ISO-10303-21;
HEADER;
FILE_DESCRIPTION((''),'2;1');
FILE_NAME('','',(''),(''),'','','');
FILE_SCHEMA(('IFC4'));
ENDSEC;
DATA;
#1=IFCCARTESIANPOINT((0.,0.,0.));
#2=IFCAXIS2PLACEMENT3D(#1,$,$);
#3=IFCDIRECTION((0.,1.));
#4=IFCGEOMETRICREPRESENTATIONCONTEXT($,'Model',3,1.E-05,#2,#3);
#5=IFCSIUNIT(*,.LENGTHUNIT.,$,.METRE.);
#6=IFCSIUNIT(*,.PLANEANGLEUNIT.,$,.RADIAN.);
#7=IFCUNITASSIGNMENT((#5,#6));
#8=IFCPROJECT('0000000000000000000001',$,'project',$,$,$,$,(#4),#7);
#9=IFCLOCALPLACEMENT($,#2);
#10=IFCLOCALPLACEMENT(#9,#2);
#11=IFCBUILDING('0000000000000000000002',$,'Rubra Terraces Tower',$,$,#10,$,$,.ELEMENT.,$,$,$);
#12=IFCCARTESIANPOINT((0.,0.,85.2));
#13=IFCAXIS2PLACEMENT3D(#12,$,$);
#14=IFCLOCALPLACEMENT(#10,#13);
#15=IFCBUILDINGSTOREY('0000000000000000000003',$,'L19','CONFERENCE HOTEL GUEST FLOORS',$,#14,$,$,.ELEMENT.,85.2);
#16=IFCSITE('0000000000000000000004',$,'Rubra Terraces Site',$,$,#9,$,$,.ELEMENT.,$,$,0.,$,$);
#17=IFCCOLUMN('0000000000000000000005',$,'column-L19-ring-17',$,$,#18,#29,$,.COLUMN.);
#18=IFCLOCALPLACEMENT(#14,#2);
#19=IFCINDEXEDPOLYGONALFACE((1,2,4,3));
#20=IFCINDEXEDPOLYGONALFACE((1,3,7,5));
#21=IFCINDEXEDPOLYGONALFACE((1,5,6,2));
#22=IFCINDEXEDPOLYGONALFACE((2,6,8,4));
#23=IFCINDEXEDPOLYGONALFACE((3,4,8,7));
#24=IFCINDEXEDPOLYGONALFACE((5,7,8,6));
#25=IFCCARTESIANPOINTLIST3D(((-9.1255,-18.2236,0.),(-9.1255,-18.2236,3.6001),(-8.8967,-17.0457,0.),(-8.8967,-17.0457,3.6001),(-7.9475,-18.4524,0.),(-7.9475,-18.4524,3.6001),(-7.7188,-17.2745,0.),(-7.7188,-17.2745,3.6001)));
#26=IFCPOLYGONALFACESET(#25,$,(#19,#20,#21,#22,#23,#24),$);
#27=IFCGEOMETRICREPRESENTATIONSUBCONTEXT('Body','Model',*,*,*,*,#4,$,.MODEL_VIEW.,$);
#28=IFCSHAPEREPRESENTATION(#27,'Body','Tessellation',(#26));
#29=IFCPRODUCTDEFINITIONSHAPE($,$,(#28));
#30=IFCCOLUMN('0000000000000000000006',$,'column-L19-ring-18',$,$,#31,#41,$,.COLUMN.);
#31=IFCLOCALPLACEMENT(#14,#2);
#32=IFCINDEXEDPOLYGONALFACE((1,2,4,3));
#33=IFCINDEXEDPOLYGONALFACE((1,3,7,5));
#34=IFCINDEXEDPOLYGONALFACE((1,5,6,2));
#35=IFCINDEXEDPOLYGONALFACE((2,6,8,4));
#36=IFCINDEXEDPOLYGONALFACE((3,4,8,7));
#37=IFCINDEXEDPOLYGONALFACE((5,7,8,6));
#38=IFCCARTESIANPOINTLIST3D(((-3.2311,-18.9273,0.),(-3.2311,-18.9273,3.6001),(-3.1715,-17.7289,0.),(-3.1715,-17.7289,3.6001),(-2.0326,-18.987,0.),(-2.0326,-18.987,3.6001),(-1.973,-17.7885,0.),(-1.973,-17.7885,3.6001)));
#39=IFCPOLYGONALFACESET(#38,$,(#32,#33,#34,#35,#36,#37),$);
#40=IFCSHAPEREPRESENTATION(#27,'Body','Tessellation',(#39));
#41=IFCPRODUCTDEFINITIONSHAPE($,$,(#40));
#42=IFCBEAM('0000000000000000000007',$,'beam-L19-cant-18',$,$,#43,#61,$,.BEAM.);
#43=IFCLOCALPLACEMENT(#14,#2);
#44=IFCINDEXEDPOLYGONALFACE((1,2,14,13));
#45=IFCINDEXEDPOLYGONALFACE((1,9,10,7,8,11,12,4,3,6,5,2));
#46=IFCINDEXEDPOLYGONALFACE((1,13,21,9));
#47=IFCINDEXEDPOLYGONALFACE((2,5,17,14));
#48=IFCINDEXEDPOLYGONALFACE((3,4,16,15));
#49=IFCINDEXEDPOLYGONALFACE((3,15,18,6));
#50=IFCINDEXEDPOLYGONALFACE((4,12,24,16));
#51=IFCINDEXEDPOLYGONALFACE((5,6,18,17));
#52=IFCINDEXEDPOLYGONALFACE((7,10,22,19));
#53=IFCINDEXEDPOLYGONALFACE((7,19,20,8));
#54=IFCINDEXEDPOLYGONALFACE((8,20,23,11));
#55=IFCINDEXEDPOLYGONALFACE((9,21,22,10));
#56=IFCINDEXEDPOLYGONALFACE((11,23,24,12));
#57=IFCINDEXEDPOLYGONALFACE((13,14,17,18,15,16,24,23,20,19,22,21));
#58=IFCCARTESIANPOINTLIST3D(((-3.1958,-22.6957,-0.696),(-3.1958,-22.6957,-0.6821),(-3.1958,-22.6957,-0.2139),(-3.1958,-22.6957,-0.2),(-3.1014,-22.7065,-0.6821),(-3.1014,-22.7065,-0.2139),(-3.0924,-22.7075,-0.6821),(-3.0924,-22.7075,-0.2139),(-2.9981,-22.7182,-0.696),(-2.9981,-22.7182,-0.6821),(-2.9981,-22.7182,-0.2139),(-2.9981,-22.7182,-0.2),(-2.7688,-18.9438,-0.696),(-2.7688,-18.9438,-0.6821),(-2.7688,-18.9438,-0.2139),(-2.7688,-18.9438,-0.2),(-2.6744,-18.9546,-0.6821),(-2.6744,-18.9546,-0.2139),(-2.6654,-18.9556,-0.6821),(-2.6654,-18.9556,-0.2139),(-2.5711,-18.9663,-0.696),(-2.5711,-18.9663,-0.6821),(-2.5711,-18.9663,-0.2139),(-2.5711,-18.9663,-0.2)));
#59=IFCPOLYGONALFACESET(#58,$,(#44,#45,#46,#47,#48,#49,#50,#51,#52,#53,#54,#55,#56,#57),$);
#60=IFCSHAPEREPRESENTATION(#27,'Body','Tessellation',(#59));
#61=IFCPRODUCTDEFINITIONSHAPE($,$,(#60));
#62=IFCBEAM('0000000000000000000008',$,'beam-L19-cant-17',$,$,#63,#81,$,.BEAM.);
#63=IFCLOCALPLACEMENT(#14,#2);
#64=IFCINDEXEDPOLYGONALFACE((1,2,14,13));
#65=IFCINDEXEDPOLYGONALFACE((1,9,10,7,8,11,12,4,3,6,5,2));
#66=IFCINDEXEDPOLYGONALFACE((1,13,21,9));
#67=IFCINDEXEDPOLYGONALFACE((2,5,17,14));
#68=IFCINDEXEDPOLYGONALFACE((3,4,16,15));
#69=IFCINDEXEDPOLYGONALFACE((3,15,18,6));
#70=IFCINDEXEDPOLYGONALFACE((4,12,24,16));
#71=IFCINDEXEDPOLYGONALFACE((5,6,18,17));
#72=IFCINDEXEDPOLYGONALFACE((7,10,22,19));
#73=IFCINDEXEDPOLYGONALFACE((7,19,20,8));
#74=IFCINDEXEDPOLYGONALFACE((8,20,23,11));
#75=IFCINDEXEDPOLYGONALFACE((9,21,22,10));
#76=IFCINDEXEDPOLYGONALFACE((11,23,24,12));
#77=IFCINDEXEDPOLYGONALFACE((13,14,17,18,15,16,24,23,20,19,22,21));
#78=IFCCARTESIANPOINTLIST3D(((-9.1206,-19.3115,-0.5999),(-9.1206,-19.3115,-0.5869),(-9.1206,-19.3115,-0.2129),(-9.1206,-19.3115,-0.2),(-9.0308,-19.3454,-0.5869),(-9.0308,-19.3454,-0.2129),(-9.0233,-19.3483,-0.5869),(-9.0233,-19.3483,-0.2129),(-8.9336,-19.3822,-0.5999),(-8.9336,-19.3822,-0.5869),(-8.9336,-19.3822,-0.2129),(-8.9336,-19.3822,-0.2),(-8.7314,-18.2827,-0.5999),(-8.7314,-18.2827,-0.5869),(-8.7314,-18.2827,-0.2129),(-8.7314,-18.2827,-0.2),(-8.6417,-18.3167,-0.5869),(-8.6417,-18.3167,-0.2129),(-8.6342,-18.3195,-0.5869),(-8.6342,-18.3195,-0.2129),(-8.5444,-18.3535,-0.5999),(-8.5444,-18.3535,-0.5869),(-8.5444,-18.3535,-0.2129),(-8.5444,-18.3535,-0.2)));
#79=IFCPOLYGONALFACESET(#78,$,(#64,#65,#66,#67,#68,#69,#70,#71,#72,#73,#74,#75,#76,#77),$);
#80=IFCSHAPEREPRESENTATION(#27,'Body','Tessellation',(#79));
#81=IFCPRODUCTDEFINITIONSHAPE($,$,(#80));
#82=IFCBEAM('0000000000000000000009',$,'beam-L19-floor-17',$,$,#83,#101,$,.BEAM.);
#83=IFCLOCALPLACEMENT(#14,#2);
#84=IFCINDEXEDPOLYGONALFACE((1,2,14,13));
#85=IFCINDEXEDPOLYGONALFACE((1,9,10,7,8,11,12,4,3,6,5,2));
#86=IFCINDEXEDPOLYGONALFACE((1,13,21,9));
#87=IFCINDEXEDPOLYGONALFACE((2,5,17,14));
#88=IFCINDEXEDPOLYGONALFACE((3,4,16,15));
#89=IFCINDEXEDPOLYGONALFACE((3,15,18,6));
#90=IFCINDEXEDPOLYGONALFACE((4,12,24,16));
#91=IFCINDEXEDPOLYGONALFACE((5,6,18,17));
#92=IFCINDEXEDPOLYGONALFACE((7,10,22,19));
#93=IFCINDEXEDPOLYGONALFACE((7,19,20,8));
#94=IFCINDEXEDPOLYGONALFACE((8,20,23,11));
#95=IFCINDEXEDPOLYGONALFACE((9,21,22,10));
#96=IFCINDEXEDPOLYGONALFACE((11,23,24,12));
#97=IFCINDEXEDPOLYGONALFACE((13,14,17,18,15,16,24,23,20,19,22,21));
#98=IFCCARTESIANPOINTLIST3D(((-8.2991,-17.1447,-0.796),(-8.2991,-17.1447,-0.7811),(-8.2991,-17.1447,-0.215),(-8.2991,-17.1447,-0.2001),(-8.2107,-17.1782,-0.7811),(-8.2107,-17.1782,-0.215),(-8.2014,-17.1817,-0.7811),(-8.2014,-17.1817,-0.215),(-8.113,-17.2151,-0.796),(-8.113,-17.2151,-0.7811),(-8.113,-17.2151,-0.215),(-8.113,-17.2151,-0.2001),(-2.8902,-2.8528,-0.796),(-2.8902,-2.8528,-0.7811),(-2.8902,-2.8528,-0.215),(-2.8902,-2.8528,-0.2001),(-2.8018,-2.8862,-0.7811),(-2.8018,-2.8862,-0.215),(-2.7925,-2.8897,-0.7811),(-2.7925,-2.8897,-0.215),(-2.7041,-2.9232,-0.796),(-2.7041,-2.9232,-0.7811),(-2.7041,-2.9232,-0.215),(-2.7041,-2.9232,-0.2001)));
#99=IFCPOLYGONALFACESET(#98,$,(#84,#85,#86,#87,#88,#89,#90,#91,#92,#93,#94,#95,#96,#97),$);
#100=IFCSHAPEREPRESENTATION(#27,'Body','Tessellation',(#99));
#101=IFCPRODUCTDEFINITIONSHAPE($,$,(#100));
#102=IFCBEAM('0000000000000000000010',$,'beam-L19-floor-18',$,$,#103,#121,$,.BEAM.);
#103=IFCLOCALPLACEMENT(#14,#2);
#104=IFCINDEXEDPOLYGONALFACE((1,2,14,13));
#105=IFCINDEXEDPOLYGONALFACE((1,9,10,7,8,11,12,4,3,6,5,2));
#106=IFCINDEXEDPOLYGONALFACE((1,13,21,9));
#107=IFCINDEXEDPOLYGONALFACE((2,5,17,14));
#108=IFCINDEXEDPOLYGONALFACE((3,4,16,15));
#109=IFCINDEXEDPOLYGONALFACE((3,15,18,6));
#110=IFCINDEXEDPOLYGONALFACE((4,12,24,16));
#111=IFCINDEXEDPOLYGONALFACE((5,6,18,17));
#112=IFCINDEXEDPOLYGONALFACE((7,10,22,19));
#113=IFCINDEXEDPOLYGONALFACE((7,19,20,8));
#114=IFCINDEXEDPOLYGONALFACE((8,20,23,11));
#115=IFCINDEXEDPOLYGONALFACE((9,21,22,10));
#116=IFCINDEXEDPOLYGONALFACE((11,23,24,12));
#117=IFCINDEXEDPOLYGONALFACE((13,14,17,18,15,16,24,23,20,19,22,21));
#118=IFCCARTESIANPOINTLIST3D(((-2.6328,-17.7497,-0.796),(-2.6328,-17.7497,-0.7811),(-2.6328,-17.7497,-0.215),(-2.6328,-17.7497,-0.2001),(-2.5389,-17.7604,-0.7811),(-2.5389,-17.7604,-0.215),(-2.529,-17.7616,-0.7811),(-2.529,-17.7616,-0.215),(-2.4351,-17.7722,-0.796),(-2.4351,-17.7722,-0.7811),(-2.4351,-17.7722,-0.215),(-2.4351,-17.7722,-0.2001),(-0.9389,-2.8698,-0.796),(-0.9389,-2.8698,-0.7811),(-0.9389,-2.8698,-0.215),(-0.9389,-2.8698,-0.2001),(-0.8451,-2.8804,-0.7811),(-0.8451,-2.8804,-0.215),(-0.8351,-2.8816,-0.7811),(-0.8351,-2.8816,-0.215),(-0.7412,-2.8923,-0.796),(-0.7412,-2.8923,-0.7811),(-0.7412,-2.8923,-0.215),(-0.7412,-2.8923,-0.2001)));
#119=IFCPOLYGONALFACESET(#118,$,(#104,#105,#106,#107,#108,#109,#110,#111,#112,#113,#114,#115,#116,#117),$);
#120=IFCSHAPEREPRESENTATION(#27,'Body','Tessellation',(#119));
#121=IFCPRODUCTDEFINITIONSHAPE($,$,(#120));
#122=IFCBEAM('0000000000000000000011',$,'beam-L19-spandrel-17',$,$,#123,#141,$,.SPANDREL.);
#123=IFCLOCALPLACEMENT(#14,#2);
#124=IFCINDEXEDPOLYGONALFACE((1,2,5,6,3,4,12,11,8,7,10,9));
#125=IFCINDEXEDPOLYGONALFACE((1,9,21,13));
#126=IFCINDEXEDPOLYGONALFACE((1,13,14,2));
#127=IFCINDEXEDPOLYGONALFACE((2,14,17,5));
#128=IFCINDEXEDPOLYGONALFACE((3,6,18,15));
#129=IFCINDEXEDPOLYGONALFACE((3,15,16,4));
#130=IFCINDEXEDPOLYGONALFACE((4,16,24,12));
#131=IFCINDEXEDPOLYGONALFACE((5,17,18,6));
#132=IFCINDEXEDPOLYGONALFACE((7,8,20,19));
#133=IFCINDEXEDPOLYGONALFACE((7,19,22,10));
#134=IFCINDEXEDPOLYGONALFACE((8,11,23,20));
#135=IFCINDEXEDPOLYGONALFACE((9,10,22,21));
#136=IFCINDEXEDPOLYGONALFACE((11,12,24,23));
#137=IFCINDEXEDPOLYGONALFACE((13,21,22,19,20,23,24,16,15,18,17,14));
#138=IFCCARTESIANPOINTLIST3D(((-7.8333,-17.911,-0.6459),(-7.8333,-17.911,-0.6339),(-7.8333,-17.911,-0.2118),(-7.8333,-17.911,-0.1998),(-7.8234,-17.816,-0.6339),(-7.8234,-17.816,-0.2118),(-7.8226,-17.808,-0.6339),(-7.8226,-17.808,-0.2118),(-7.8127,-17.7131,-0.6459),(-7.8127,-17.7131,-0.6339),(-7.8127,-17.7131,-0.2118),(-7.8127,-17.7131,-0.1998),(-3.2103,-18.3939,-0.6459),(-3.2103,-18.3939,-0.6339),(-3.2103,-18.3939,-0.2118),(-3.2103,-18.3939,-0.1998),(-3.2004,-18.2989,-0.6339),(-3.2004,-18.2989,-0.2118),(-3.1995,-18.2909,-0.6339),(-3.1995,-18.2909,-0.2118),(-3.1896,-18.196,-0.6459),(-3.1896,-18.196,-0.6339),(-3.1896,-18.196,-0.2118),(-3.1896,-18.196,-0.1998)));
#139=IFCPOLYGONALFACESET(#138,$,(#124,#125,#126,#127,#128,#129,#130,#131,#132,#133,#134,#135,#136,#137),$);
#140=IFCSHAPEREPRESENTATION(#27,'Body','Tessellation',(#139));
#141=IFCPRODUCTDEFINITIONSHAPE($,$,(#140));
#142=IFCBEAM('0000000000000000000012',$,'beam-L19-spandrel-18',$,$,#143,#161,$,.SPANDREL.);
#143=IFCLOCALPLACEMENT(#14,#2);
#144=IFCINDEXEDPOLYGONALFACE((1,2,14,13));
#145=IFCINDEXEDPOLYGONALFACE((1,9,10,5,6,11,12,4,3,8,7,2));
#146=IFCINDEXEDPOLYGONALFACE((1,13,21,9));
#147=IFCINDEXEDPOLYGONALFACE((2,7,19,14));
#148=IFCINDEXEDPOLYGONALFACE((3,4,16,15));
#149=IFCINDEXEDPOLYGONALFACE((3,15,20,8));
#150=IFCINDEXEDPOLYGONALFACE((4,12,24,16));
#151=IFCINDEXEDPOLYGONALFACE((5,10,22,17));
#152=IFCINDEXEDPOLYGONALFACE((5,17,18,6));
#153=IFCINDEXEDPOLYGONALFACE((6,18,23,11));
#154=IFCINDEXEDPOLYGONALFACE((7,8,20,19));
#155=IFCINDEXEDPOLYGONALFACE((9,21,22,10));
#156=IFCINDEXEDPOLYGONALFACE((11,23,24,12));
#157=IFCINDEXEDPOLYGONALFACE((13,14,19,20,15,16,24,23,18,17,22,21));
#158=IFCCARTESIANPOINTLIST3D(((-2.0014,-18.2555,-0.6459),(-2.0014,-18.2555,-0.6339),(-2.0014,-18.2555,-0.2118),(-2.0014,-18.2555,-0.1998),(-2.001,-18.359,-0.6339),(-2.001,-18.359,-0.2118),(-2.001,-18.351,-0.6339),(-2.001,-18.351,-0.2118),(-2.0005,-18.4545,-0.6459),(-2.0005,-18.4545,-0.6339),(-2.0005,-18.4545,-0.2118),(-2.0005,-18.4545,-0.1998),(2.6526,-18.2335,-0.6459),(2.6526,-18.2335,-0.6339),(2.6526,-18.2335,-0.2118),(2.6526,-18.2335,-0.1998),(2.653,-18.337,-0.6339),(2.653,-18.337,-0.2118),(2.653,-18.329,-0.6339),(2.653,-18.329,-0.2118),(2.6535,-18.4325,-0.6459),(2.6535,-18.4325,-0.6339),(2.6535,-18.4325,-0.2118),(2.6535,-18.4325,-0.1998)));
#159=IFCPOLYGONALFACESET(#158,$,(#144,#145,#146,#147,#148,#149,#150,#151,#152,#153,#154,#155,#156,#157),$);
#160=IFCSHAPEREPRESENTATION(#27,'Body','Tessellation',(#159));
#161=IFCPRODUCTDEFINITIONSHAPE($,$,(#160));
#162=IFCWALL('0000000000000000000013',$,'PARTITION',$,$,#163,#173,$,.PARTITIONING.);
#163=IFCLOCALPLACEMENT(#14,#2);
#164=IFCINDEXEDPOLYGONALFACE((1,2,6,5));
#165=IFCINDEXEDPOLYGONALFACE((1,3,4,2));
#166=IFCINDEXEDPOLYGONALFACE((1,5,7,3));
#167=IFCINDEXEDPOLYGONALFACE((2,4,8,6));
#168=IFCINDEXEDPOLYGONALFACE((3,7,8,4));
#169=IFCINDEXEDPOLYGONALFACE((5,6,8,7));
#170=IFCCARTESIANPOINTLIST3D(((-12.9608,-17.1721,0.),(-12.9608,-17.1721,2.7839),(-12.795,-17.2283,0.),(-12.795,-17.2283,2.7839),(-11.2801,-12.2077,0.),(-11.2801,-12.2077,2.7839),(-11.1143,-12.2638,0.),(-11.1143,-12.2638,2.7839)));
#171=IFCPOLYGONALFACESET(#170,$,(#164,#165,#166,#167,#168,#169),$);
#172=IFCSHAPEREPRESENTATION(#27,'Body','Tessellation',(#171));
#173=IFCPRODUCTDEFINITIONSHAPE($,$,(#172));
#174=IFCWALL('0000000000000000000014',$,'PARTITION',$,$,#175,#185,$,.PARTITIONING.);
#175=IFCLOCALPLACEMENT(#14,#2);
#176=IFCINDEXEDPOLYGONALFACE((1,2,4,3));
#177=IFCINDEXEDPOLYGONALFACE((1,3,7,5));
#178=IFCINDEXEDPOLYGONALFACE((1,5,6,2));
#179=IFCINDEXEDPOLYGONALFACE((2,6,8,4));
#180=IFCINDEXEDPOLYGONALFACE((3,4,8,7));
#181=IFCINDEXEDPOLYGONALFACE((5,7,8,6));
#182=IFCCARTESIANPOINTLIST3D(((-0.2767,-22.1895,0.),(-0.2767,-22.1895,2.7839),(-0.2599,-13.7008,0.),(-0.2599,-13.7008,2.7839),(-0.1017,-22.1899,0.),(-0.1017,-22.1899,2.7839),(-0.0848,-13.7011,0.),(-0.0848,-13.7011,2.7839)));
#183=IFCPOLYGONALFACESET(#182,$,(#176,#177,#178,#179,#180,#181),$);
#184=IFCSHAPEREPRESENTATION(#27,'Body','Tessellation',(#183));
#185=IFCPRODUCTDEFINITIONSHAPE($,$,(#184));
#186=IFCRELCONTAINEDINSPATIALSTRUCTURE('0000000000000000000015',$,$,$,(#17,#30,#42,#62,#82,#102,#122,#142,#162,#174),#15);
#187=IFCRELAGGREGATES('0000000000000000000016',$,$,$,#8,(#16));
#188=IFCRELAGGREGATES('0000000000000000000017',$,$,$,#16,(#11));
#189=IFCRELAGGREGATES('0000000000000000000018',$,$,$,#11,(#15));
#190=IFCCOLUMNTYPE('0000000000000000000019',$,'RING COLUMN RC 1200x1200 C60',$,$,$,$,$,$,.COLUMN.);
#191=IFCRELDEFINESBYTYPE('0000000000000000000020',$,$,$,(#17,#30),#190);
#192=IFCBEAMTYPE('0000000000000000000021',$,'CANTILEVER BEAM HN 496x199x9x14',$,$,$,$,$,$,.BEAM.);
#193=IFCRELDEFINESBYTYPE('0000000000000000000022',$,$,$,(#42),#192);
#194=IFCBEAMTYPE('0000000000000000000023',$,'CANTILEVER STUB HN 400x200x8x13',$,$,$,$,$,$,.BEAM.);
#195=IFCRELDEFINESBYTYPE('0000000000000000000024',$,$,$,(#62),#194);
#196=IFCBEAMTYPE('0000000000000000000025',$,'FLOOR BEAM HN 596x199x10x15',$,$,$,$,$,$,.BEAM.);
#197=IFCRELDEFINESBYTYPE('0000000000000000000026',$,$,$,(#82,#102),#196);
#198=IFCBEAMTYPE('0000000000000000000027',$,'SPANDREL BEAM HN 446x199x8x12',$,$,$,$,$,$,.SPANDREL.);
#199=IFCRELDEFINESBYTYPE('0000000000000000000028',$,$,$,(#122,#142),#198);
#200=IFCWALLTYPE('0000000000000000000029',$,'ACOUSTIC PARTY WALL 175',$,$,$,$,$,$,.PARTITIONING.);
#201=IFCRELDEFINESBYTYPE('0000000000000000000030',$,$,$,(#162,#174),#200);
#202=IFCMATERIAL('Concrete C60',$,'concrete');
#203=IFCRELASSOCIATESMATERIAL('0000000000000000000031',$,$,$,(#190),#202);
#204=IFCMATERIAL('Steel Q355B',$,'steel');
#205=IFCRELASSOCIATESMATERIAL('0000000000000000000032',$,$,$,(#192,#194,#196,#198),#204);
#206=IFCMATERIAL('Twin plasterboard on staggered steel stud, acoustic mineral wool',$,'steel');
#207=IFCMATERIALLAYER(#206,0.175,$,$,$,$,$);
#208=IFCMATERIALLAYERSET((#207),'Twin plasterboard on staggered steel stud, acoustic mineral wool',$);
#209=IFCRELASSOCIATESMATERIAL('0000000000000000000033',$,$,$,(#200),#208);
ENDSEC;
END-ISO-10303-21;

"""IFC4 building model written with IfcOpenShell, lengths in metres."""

from ifc_helpers import new_model, si_unit, direction, frame, frame_2d, origin, origin_2d, place, context, subcontext, project, spatial, rectangle, i_section, extrude, material, layer, layer_set, material_profile, profile_set, type_object, element, save


model = new_model("IFC4")

# Units and contexts
model_context = context("Model", 3, precision=1e-05, world=origin(), true_north=direction((0.0, 1.0)))
body_context = subcontext(model_context, "Body", "Model", "MODEL_VIEW")
ifc_project = project(units=[si_unit("LENGTHUNIT", "METRE"), si_unit("PLANEANGLEUNIT", "RADIAN")], contexts=[model_context])

# Site, building, storey
site_placement = place(None, origin())
site = spatial("IfcSite", under=ifc_project, at=site_placement, Name="Rubra Terraces Site", CompositionType="ELEMENT", RefElevation=0.0)
building_placement = place(site_placement, origin())
building = spatial("IfcBuilding", under=site, at=building_placement, Name="Rubra Terraces Tower", CompositionType="ELEMENT")
storey_placement = place(building_placement, frame((0.0, 0.0, 85.2)))
storey = spatial("IfcBuildingStorey", under=building, at=storey_placement, Name="L19", Description="CONFERENCE HOTEL GUEST FLOORS", CompositionType="ELEMENT", Elevation=85.2)

# Columns
ifc_material_1 = material(Name="Concrete C60", Category="concrete")
ifc_material_profile_1 = material_profile(ifc_material_1, rectangle(XDim=1.2, YDim=1.2, at=origin_2d()), Name="RC 1200x1200")
ifc_profile_set_1 = profile_set([ifc_material_profile_1], Name="Concrete C60")
column_type = type_object("IfcColumnType", Name="RING COLUMN RC 1200x1200 C60", PredefinedType="COLUMN", material=ifc_profile_set_1)
for number, where, z_axis, x_axis, name in (
    (1, (-8.4221, -17.749, 0.0), (0.0, 0.0, 1.0), (0.981655, -0.190668, 0.0), "column-L19-ring-17"),
    (2, (-2.6021, -18.3579, 0.0), (0.0, 0.0, 1.0), (0.998764, -0.049699, 0.0), "column-L19-ring-18"),
):
    element("IfcColumn", number, at=place(storey_placement, frame(where, z_axis=z_axis, x_axis=x_axis)), inside=storey, type_object=column_type, Name=name, PredefinedType="COLUMN", context=body_context, shape_type="SweptSolid", body=[
        extrude(rectangle(XDim=1.2, YDim=1.2, at=origin_2d()), origin(), (0.0, 0.0, 1.0), 3.6001),
    ])

# Beams
ifc_material_2 = material(Name="Steel Q355B", Category="steel")
ifc_material_profile_2 = material_profile(ifc_material_2, i_section(OverallWidth=0.199, OverallDepth=0.4961, WebThickness=0.009, FlangeThickness=0.0139, at=origin_2d()), Name="HN 496x199x9x14")
ifc_profile_set_2 = profile_set([ifc_material_profile_2], Name="Steel Q355B")
beam_type_1 = type_object("IfcBeamType", Name="CANTILEVER BEAM HN 496x199x9x14", PredefinedType="BEAM", material=ifc_profile_set_2)
beam_1_placement = place(storey_placement, frame((-2.6699, -18.9551, -0.448), z_axis=(-0.113078, -0.993586, 0.0), x_axis=(0.993586, -0.113078, 0.0)))
element("IfcBeam", 3, at=beam_1_placement, inside=storey, type_object=beam_type_1, Name="beam-L19-cant-18", PredefinedType="BEAM", context=body_context, shape_type="SweptSolid", body=[
    extrude(i_section(OverallWidth=0.199, OverallDepth=0.4961, WebThickness=0.009, FlangeThickness=0.0139, at=origin_2d()), origin(), (0.0, 0.0, 1.0), 3.7761),
])
ifc_material_profile_3 = material_profile(ifc_material_2, i_section(OverallWidth=0.2, OverallDepth=0.3999, WebThickness=0.0081, FlangeThickness=0.0129, at=origin_2d()), Name="HN 400x200x8x13")
ifc_profile_set_3 = profile_set([ifc_material_profile_3], Name="Steel Q355B")
beam_type_2 = type_object("IfcBeamType", Name="CANTILEVER STUB HN 400x200x8x13", PredefinedType="BEAM", material=ifc_profile_set_3)
beam_2_placement = place(storey_placement, frame((-8.6379, -18.3181, -0.3999), z_axis=(-0.353798, -0.935322, 0.0), x_axis=(0.935322, -0.353798, 0.0)))
element("IfcBeam", 4, at=beam_2_placement, inside=storey, type_object=beam_type_2, Name="beam-L19-cant-17", PredefinedType="BEAM", context=body_context, shape_type="SweptSolid", body=[
    extrude(i_section(OverallWidth=0.2, OverallDepth=0.3999, WebThickness=0.0081, FlangeThickness=0.0129, at=origin_2d()), origin(), (0.0, 0.0, 1.0), 1.0999),
])
ifc_material_profile_4 = material_profile(ifc_material_2, i_section(OverallWidth=0.199, OverallDepth=0.5959, WebThickness=0.01, FlangeThickness=0.0149, at=origin_2d()), Name="HN 596x199x10x15")
ifc_profile_set_4 = profile_set([ifc_material_profile_4], Name="Steel Q355B")
beam_type_3 = type_object("IfcBeamType", Name="FLOOR BEAM HN 596x199x10x15", PredefinedType="BEAM", material=ifc_profile_set_4)
beam_3_placement = place(storey_placement, frame((-8.2061, -17.1799, -0.498), z_axis=(0.353958, 0.935261, 0.0), x_axis=(-0.935261, 0.353958, 0.0)))
element("IfcBeam", 5, at=beam_3_placement, inside=storey, type_object=beam_type_3, Name="beam-L19-floor-17", PredefinedType="BEAM", context=body_context, shape_type="SweptSolid", body=[
    extrude(i_section(OverallWidth=0.199, OverallDepth=0.5959, WebThickness=0.01, FlangeThickness=0.0149, at=origin_2d()), origin(), (0.0, 0.0, 1.0), 15.2812),
])
beam_4_placement = place(storey_placement, frame((-2.5339, -17.761, -0.498), z_axis=(0.113104, 0.993583, 0.0), x_axis=(-0.993583, 0.113104, 0.0)))
element("IfcBeam", 6, at=beam_4_placement, inside=storey, type_object=beam_type_3, Name="beam-L19-floor-18", PredefinedType="BEAM", context=body_context, shape_type="SweptSolid", body=[
    extrude(i_section(OverallWidth=0.199, OverallDepth=0.5959, WebThickness=0.01, FlangeThickness=0.0149, at=origin_2d()), origin(), (0.0, 0.0, 1.0), 14.9761),
])
ifc_material_profile_5 = material_profile(ifc_material_2, i_section(OverallWidth=0.199, OverallDepth=0.446, WebThickness=0.0081, FlangeThickness=0.012, at=origin_2d()), Name="HN 446x199x8x12")
ifc_profile_set_5 = profile_set([ifc_material_profile_5], Name="Steel Q355B")
beam_type_4 = type_object("IfcBeamType", Name="SPANDREL BEAM HN 446x199x8x12", PredefinedType="SPANDREL", material=ifc_profile_set_5)
beam_5_placement = place(storey_placement, frame((-7.823, -17.812, -0.4229), z_axis=(0.994589, -0.103892, 0.0), x_axis=(0.103892, 0.994589, 0.0)))
element("IfcBeam", 7, at=beam_5_placement, inside=storey, type_object=beam_type_4, Name="beam-L19-spandrel-17", PredefinedType="SPANDREL", context=body_context, shape_type="SweptSolid", body=[
    extrude(i_section(OverallWidth=0.199, OverallDepth=0.446, WebThickness=0.0081, FlangeThickness=0.012, at=origin_2d()), origin(), (0.0, 0.0, 1.0), 4.6482),
])
beam_6_placement = place(storey_placement, frame((-2.001, -18.355, -0.4229), z_axis=(0.999989, 0.004721, 0.0), x_axis=(-0.004721, 0.999989, 0.0)))
element("IfcBeam", 8, at=beam_6_placement, inside=storey, type_object=beam_type_4, Name="beam-L19-spandrel-18", PredefinedType="SPANDREL", context=body_context, shape_type="SweptSolid", body=[
    extrude(i_section(OverallWidth=0.199, OverallDepth=0.446, WebThickness=0.0081, FlangeThickness=0.012, at=origin_2d()), origin(), (0.0, 0.0, 1.0), 4.6541),
])

# Walls
ifc_material_3 = material(Name="Twin plasterboard on staggered steel stud, acoustic mineral wool", Category="steel")
ifc_layer_1 = layer(ifc_material_3, 0.175)
ifc_layer_set_1 = layer_set([ifc_layer_1], Name="Twin plasterboard on staggered steel stud, acoustic mineral wool")
wall_type_1 = type_object("IfcWallType", Name="ACOUSTIC PARTY WALL 175", PredefinedType="PARTITIONING", material=ifc_layer_set_1)
wall_1_placement = place(storey_placement, frame((-12.8779, -17.2002, 0.0), z_axis=(0.0, 0.0, 1.0), x_axis=(0.320668, 0.947192, 0.0)))
element("IfcWall", 9, at=wall_1_placement, inside=storey, type_object=wall_type_1, Name="PARTITION", PredefinedType="PARTITIONING", context=body_context, shape_type="SweptSolid", body=[
    extrude(rectangle(XDim=5.2412, YDim=0.175, at=frame_2d((2.6206, 0.0))), origin(), (0.0, 0.0, 1.0), 2.7839),
])
wall_2_placement = place(storey_placement, frame((-0.1892, -22.1897, 0.0), z_axis=(0.0, 0.0, 1.0), x_axis=(0.001984, 0.999998, 0.0)))
element("IfcWall", 10, at=wall_2_placement, inside=storey, type_object=wall_type_1, Name="PARTITION", PredefinedType="PARTITIONING", context=body_context, shape_type="SweptSolid", body=[
    extrude(rectangle(XDim=8.4888, YDim=0.175, at=frame_2d((4.2444, 0.0))), origin(), (0.0, 0.0, 1.0), 2.7839),
])

save(model, "model.ifc")
